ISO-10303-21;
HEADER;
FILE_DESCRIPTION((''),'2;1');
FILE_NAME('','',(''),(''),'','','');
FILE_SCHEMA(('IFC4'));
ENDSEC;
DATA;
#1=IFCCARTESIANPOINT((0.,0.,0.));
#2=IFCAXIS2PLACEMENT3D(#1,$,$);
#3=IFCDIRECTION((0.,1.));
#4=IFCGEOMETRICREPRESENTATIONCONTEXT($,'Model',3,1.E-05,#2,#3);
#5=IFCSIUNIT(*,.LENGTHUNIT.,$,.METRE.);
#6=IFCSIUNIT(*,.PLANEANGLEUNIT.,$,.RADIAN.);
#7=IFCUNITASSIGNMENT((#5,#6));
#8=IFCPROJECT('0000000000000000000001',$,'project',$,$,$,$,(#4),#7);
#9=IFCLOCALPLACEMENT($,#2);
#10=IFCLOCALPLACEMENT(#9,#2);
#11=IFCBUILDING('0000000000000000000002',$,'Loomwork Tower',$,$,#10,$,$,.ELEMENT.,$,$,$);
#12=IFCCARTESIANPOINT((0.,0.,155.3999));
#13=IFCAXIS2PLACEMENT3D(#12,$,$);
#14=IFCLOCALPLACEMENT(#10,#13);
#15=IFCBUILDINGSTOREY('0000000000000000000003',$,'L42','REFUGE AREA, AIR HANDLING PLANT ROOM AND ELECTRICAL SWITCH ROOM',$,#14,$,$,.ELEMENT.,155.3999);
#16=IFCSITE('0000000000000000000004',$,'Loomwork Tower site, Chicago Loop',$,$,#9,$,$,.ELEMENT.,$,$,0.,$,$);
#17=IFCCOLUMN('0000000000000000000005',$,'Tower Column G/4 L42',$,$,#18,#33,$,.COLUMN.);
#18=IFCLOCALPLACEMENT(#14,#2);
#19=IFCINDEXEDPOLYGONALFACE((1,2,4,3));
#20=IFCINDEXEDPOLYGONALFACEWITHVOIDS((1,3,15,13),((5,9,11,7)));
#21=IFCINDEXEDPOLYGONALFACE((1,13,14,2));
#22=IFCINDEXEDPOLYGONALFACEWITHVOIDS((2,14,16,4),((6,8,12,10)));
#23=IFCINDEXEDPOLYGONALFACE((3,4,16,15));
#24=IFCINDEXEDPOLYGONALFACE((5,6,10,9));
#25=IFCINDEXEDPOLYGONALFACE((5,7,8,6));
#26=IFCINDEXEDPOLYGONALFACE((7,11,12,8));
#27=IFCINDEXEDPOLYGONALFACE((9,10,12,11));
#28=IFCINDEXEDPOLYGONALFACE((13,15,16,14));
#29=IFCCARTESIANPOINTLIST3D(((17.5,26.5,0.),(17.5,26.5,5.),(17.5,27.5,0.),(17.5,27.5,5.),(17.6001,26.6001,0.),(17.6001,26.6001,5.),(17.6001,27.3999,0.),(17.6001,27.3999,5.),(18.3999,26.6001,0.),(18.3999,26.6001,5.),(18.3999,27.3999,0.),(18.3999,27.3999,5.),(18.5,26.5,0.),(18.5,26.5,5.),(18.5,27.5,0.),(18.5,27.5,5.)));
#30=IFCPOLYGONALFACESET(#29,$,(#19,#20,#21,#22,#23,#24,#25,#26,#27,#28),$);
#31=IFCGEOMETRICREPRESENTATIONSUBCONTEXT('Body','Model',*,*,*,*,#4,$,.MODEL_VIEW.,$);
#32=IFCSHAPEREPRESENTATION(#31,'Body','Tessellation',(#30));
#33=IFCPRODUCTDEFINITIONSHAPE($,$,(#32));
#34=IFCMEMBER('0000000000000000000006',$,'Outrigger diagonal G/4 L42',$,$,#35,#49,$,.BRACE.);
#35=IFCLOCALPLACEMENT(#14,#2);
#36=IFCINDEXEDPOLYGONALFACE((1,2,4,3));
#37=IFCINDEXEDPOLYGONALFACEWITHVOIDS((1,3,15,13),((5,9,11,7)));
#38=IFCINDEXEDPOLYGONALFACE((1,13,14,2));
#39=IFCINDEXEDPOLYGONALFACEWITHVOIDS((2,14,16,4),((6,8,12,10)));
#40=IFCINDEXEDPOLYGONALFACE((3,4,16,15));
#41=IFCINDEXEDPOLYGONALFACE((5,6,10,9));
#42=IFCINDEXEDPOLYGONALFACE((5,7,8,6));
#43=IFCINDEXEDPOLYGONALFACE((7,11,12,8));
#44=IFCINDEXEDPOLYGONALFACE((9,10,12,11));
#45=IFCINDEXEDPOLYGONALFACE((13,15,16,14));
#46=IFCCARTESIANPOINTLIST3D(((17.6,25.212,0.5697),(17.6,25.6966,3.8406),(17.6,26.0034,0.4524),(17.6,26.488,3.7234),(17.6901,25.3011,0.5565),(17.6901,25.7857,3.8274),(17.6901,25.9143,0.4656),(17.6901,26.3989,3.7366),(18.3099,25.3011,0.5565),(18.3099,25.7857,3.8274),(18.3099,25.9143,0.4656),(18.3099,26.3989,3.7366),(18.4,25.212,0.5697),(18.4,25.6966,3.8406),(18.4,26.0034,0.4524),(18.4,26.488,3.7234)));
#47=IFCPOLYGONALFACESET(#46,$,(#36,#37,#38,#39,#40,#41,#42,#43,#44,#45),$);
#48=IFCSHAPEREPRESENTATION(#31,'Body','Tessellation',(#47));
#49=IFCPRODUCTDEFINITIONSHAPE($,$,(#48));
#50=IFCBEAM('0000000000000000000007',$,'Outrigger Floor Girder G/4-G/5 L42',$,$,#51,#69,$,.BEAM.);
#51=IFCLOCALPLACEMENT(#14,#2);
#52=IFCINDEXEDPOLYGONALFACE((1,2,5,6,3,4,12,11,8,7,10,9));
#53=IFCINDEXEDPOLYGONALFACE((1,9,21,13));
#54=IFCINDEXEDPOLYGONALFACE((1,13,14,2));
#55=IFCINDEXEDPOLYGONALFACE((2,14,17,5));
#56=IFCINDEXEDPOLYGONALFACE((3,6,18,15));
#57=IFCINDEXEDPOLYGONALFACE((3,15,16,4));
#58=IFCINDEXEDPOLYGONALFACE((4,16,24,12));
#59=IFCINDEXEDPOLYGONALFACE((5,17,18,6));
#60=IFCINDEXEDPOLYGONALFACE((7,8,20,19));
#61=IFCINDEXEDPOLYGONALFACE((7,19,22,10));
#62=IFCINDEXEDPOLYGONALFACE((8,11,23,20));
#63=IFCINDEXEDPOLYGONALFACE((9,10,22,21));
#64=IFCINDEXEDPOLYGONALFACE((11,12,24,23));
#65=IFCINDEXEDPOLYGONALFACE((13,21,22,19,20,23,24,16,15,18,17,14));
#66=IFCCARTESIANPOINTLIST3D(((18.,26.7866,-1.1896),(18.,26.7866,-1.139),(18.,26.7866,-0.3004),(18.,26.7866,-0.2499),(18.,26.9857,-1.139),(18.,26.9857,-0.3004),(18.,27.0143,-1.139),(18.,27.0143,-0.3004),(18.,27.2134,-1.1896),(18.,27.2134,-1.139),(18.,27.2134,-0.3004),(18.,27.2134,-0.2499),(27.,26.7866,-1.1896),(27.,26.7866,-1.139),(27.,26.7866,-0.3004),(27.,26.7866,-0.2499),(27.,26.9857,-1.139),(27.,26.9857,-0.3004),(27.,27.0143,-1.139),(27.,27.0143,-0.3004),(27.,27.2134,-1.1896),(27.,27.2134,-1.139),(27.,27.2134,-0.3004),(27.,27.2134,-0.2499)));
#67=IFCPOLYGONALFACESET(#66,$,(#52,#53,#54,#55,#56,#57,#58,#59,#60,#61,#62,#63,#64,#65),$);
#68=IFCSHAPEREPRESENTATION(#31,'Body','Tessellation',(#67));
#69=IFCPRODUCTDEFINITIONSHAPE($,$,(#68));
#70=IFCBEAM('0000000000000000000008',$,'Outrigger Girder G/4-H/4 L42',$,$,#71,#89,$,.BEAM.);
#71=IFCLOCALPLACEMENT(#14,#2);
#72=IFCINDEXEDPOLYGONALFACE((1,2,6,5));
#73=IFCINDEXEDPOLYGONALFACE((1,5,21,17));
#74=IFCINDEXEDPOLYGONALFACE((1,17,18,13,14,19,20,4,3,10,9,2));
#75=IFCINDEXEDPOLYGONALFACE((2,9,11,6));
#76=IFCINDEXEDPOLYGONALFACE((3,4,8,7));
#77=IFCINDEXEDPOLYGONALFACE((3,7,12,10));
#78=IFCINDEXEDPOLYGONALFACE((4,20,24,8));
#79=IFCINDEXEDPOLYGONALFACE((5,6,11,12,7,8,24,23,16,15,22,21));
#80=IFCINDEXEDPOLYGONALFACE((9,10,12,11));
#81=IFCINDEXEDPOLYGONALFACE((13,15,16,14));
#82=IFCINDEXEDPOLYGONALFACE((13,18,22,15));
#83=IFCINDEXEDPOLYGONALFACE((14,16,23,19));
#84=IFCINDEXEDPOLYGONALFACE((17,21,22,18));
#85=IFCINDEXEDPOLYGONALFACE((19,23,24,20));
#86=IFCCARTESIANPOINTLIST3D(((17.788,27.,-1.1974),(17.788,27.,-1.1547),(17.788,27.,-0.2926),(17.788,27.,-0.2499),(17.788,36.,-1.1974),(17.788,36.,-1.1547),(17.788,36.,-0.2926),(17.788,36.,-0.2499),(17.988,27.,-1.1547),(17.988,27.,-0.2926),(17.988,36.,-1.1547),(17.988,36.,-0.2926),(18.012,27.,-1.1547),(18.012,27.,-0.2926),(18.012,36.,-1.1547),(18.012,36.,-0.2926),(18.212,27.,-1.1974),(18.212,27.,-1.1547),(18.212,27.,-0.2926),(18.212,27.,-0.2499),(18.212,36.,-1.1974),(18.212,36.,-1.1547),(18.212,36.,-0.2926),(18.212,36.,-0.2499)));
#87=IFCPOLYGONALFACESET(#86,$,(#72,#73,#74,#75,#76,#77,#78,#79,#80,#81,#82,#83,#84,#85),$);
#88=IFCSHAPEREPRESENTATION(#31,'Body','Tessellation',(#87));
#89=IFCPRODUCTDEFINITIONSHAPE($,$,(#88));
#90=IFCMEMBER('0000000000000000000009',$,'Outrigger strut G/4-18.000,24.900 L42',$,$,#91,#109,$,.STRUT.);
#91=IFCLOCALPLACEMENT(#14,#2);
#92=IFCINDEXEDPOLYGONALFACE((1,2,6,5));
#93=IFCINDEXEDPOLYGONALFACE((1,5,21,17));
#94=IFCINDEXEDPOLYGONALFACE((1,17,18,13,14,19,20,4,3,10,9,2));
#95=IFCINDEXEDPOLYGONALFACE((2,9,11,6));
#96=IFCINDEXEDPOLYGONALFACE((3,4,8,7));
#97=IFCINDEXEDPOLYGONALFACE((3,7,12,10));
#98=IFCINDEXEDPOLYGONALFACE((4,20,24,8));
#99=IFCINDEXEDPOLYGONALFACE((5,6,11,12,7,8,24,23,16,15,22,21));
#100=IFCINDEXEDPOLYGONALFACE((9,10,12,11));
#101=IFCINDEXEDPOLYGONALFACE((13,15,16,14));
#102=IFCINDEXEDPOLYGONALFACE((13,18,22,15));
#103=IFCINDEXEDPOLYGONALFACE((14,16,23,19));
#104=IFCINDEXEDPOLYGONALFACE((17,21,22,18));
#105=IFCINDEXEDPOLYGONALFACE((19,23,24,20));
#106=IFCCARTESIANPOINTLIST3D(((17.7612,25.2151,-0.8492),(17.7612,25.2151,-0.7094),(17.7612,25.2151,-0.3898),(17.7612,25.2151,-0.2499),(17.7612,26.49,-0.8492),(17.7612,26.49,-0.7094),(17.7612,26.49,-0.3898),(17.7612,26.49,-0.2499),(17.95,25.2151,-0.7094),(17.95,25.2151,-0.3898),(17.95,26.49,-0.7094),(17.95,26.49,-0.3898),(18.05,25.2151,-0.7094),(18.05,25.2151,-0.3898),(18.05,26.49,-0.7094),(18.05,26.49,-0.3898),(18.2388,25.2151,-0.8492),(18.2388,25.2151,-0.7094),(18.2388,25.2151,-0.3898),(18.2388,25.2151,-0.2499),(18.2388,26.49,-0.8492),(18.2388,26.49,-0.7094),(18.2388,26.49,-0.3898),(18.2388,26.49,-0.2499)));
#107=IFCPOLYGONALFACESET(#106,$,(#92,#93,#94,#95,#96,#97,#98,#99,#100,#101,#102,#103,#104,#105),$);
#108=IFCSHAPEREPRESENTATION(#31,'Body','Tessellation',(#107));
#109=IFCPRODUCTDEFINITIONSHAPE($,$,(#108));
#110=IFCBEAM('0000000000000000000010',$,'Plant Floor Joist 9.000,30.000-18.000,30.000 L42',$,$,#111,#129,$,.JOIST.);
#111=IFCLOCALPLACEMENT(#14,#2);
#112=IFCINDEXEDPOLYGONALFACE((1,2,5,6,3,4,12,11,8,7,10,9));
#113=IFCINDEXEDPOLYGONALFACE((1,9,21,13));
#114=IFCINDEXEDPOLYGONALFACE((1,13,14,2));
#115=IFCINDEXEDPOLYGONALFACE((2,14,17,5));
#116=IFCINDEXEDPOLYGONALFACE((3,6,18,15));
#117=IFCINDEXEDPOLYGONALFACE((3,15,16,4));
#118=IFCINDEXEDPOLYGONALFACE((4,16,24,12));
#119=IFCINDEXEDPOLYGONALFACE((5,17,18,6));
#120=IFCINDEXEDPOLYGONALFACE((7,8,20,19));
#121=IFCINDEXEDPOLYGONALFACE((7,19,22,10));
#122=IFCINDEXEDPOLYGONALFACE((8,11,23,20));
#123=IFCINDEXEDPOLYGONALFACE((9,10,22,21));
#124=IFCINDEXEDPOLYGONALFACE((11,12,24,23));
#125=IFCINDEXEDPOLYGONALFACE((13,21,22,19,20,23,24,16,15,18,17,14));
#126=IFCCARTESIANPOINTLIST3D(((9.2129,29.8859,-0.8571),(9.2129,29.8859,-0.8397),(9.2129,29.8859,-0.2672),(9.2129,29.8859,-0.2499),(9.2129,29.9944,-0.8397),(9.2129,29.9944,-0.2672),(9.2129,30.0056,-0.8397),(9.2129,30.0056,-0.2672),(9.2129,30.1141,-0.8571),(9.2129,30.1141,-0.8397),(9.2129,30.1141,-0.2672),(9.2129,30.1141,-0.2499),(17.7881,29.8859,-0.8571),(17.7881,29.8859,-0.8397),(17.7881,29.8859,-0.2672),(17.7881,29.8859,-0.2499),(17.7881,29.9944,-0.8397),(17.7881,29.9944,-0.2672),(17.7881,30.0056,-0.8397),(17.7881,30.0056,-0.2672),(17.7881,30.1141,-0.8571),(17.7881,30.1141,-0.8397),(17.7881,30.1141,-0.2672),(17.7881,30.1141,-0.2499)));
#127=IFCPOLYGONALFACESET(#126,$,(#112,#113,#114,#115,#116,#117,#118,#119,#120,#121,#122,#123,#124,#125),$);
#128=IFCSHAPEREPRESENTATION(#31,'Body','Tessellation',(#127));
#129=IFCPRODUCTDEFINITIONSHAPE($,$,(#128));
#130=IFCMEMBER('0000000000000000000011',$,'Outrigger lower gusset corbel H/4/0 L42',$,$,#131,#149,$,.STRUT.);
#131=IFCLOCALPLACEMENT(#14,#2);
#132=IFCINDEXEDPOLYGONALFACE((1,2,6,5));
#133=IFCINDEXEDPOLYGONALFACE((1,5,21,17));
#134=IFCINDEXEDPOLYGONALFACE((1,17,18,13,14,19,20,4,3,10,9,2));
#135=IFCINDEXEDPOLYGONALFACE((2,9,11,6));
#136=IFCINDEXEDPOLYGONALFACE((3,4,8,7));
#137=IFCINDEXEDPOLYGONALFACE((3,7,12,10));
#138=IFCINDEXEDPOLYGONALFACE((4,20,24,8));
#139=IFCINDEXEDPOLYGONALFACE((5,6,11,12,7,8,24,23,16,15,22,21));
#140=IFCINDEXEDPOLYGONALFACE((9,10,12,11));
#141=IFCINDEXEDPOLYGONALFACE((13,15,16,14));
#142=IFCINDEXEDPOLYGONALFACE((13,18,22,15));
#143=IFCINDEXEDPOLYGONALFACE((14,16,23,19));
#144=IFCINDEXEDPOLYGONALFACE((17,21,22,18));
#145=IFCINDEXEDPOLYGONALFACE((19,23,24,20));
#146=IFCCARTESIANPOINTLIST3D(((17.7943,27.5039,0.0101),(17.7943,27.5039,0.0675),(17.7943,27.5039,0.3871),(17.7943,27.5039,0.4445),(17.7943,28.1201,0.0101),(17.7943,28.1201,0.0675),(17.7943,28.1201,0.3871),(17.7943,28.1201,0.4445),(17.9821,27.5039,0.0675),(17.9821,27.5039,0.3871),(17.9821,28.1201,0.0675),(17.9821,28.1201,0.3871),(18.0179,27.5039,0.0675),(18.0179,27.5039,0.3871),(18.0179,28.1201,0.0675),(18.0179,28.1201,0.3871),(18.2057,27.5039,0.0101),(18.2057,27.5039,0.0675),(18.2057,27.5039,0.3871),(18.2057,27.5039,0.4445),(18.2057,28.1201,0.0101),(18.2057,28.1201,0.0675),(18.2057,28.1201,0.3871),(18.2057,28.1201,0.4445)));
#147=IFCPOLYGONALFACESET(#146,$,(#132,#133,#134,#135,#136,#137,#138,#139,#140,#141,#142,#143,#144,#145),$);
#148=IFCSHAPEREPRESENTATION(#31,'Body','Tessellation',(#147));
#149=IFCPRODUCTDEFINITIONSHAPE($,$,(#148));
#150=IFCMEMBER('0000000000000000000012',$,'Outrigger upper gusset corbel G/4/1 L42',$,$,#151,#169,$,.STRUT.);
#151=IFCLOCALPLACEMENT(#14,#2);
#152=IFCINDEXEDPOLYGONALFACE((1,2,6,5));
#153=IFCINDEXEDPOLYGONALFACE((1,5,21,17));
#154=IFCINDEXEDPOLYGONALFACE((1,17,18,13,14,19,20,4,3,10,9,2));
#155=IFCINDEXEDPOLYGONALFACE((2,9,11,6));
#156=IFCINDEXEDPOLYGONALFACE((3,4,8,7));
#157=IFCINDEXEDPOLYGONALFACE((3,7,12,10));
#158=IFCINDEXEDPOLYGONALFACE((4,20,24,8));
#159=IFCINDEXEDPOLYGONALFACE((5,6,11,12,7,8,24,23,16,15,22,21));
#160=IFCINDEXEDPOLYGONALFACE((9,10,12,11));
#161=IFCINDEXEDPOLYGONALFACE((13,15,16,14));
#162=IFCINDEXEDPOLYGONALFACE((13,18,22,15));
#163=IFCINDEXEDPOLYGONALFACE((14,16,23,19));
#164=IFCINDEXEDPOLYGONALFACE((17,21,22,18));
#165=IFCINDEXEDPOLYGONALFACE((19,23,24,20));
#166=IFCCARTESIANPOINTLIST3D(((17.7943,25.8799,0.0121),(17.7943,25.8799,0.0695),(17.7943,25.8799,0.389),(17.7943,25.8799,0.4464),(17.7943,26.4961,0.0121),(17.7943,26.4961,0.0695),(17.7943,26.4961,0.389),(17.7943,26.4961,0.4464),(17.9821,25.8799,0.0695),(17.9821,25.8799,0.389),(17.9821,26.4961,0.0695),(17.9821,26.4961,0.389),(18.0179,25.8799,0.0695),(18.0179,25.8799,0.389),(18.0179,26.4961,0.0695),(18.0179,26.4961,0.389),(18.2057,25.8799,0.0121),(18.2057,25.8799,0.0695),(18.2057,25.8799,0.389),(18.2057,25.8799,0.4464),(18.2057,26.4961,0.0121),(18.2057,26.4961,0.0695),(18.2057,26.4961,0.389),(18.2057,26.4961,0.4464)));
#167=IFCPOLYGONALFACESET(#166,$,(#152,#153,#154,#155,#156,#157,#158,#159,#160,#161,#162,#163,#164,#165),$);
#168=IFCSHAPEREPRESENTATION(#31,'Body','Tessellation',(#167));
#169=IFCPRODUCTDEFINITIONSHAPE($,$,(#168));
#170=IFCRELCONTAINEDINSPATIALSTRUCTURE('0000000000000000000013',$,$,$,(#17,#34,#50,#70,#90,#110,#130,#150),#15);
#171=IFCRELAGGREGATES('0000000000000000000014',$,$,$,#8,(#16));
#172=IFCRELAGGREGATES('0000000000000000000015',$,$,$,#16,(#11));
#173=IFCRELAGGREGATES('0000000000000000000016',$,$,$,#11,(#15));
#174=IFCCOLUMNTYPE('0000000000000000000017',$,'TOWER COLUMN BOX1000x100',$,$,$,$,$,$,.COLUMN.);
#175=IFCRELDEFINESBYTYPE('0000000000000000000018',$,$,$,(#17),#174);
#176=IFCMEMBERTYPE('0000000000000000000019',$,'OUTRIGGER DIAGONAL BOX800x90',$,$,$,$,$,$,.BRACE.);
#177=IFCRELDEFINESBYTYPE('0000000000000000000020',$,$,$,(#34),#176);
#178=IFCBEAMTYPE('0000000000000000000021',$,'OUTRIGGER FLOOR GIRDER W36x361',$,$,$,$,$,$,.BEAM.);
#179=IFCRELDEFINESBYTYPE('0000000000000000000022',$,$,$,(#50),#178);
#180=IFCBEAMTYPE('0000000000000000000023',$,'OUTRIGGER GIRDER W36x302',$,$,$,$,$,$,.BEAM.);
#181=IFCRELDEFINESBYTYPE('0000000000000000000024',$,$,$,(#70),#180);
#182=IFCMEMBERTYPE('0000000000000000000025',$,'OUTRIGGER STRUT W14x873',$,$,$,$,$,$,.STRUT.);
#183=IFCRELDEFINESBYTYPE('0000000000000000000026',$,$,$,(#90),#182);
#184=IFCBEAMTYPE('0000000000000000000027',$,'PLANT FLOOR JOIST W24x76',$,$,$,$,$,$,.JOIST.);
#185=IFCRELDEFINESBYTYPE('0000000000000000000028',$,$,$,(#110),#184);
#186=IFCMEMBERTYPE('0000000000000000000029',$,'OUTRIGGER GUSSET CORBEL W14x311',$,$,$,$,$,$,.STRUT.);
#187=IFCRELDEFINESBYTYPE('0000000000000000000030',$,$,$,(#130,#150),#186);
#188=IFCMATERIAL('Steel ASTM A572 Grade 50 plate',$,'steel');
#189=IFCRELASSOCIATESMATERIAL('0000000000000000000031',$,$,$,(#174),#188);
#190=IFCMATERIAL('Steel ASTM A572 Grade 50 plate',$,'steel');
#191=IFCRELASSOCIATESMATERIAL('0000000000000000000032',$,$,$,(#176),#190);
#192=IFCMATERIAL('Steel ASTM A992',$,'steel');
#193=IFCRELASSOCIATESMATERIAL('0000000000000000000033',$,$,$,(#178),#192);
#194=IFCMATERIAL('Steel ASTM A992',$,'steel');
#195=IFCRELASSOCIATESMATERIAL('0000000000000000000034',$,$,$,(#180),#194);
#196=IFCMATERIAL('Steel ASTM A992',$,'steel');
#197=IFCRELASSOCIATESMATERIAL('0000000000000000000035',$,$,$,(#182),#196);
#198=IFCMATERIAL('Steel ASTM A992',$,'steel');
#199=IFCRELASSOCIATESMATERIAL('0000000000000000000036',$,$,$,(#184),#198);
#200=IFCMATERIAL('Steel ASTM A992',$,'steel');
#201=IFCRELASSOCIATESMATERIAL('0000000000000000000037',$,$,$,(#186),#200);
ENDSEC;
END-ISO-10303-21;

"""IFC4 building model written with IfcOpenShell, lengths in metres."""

from ifc_helpers import new_model, si_unit, direction, frame, origin, origin_2d, place, context, subcontext, project, spatial, hollow_rectangle, i_section, extrude, material, material_profile, profile_set, type_object, element, save


model = new_model("IFC4")

# Units and contexts
model_context = context("Model", 3, precision=1e-05, world=origin(), true_north=direction((0.0, 1.0)))
body_context = subcontext(model_context, "Body", "Model", "MODEL_VIEW")
ifc_project = project(units=[si_unit("LENGTHUNIT", "METRE"), si_unit("PLANEANGLEUNIT", "RADIAN")], contexts=[model_context])

# Site, building, storey
site_placement = place(None, origin())
site = spatial("IfcSite", under=ifc_project, at=site_placement, Name="Loomwork Tower site, Chicago Loop", CompositionType="ELEMENT", RefElevation=0.0)
building_placement = place(site_placement, origin())
building = spatial("IfcBuilding", under=site, at=building_placement, Name="Loomwork Tower", CompositionType="ELEMENT")
storey_placement = place(building_placement, frame((0.0, 0.0, 155.3999)))
storey = spatial("IfcBuildingStorey", under=building, at=storey_placement, Name="L42", Description="REFUGE AREA, AIR HANDLING PLANT ROOM AND ELECTRICAL SWITCH ROOM", CompositionType="ELEMENT", Elevation=155.3999)

# Column
ifc_material_1 = material(Name="Steel ASTM A572 Grade 50 plate", Category="steel")
ifc_material_profile_1 = material_profile(ifc_material_1, hollow_rectangle(XDim=1.0, YDim=1.0, WallThickness=0.1001, at=origin_2d()), Name="BOX1000x100")
ifc_profile_set_1 = profile_set([ifc_material_profile_1], Name="Steel ASTM A572 Grade 50 plate")
column_type = type_object("IfcColumnType", Name="TOWER COLUMN BOX1000x100", PredefinedType="COLUMN", material=ifc_profile_set_1)
column_placement = place(storey_placement, frame((18.0, 27.0, 0.0), z_axis=(0.0, 0.0, 1.0), x_axis=(1.0, 0.0, 0.0)))
element("IfcColumn", 1, at=column_placement, inside=storey, type_object=column_type, Name="Tower Column G/4 L42", PredefinedType="COLUMN", context=body_context, shape_type="SweptSolid", body=[
    extrude(hollow_rectangle(XDim=1.0, YDim=1.0, WallThickness=0.1001, at=origin_2d()), origin(), (0.0, 0.0, 1.0), 5.0),
])

# Member
ifc_material_2 = material(Name="Steel ASTM A572 Grade 50 plate", Category="steel")
ifc_material_profile_2 = material_profile(ifc_material_2, hollow_rectangle(XDim=0.8, YDim=0.8, WallThickness=0.0901, at=origin_2d()), Name="BOX800x90")
ifc_profile_set_2 = profile_set([ifc_material_profile_2], Name="Steel ASTM A572 Grade 50 plate")
member_type_1 = type_object("IfcMemberType", Name="OUTRIGGER DIAGONAL BOX800x90", PredefinedType="BRACE", material=ifc_profile_set_2)
member_1_placement = place(storey_placement, frame((18.0, 26.0923, 3.782), z_axis=(0.0, -0.146557, -0.989202), x_axis=(1.0, 0.0, 0.0)))
element("IfcMember", 2, at=member_1_placement, inside=storey, type_object=member_type_1, Name="Outrigger diagonal G/4 L42", PredefinedType="BRACE", context=body_context, shape_type="SweptSolid", body=[
    extrude(hollow_rectangle(XDim=0.8, YDim=0.8, WallThickness=0.0901, at=origin_2d()), origin(), (0.0, 0.0, 1.0), 3.3066),
])

# Beams
ifc_material_3 = material(Name="Steel ASTM A992", Category="steel")
ifc_material_profile_3 = material_profile(ifc_material_3, i_section(OverallWidth=0.4268, OverallDepth=0.9397, WebThickness=0.0286, FlangeThickness=0.0505, at=origin_2d()), Name="W36x361")
ifc_profile_set_3 = profile_set([ifc_material_profile_3], Name="Steel ASTM A992")
beam_type_1 = type_object("IfcBeamType", Name="OUTRIGGER FLOOR GIRDER W36x361", PredefinedType="BEAM", material=ifc_profile_set_3)
beam_1_placement = place(storey_placement, frame((18.0, 27.0, -0.7197), z_axis=(1.0, 0.0, 0.0), x_axis=(0.0, 1.0, 0.0)))
element("IfcBeam", 3, at=beam_1_placement, inside=storey, type_object=beam_type_1, Name="Outrigger Floor Girder G/4-G/5 L42", PredefinedType="BEAM", context=body_context, shape_type="SweptSolid", body=[
    extrude(i_section(OverallWidth=0.4268, OverallDepth=0.9397, WebThickness=0.0286, FlangeThickness=0.0505, at=origin_2d()), origin(), (0.0, 0.0, 1.0), 9.0),
])
ifc_material_4 = material(Name="Steel ASTM A992", Category="steel")
ifc_material_profile_4 = material_profile(ifc_material_4, i_section(OverallWidth=0.4241, OverallDepth=0.9475, WebThickness=0.0239, FlangeThickness=0.0427, at=origin_2d()), Name="W36x302")
ifc_profile_set_4 = profile_set([ifc_material_profile_4], Name="Steel ASTM A992")
beam_type_2 = type_object("IfcBeamType", Name="OUTRIGGER GIRDER W36x302", PredefinedType="BEAM", material=ifc_profile_set_4)
beam_2_placement = place(storey_placement, frame((18.0, 27.0, -0.7236), z_axis=(0.0, 1.0, 0.0), x_axis=(-1.0, 0.0, 0.0)))
element("IfcBeam", 4, at=beam_2_placement, inside=storey, type_object=beam_type_2, Name="Outrigger Girder G/4-H/4 L42", PredefinedType="BEAM", context=body_context, shape_type="SweptSolid", body=[
    extrude(i_section(OverallWidth=0.4241, OverallDepth=0.9475, WebThickness=0.0239, FlangeThickness=0.0427, at=origin_2d()), origin(), (0.0, 0.0, 1.0), 9.0),
])

# Member
ifc_material_5 = material(Name="Steel ASTM A992", Category="steel")
ifc_material_profile_5 = material_profile(ifc_material_5, i_section(OverallWidth=0.4775, OverallDepth=0.5994, WebThickness=0.1001, FlangeThickness=0.1399, at=origin_2d()), Name="W14x873")
ifc_profile_set_5 = profile_set([ifc_material_profile_5], Name="Steel ASTM A992")
member_type_2 = type_object("IfcMemberType", Name="OUTRIGGER STRUT W14x873", PredefinedType="STRUT", material=ifc_profile_set_5)
member_2_placement = place(storey_placement, frame((18.0, 26.49, -0.5496), z_axis=(0.0, -1.0, 0.0), x_axis=(1.0, 0.0, 0.0)))
element("IfcMember", 5, at=member_2_placement, inside=storey, type_object=member_type_2, Name="Outrigger strut G/4-18.000,24.900 L42", PredefinedType="STRUT", context=body_context, shape_type="SweptSolid", body=[
    extrude(i_section(OverallWidth=0.4775, OverallDepth=0.5994, WebThickness=0.1001, FlangeThickness=0.1399, at=origin_2d()), origin(), (0.0, 0.0, 1.0), 1.2749),
])

# Beam
ifc_material_6 = material(Name="Steel ASTM A992", Category="steel")
ifc_material_profile_6 = material_profile(ifc_material_6, i_section(OverallWidth=0.2283, OverallDepth=0.6072, WebThickness=0.0112, FlangeThickness=0.0173, at=origin_2d()), Name="W24x76")
ifc_profile_set_6 = profile_set([ifc_material_profile_6], Name="Steel ASTM A992")
beam_type_3 = type_object("IfcBeamType", Name="PLANT FLOOR JOIST W24x76", PredefinedType="JOIST", material=ifc_profile_set_6)
beam_3_placement = place(storey_placement, frame((9.2129, 30.0, -0.5535), z_axis=(1.0, 0.0, 0.0), x_axis=(0.0, 1.0, 0.0)))
element("IfcBeam", 6, at=beam_3_placement, inside=storey, type_object=beam_type_3, Name="Plant Floor Joist 9.000,30.000-18.000,30.000 L42", PredefinedType="JOIST", context=body_context, shape_type="SweptSolid", body=[
    extrude(i_section(OverallWidth=0.2283, OverallDepth=0.6072, WebThickness=0.0112, FlangeThickness=0.0173, at=origin_2d()), origin(), (0.0, 0.0, 1.0), 8.5752),
])

# Members
ifc_material_7 = material(Name="Steel ASTM A992", Category="steel")
ifc_material_profile_7 = material_profile(ifc_material_7, i_section(OverallWidth=0.4114, OverallDepth=0.4343, WebThickness=0.0359, FlangeThickness=0.0574, at=origin_2d()), Name="W14x311")
ifc_profile_set_7 = profile_set([ifc_material_profile_7], Name="Steel ASTM A992")
member_type_3 = type_object("IfcMemberType", Name="OUTRIGGER GUSSET CORBEL W14x311", PredefinedType="STRUT", material=ifc_profile_set_7)
for number, where, z_axis, x_axis, name in (
    (7, (18.0, 27.5039, 0.2273), (0.0, 1.0, 0.0), (-1.0, 0.0, 0.0), "Outrigger lower gusset corbel H/4/0 L42"),
    (8, (18.0, 26.4961, 0.2292), (0.0, -1.0, 0.0), (1.0, 0.0, 0.0), "Outrigger upper gusset corbel G/4/1 L42"),
):
    element("IfcMember", number, at=place(storey_placement, frame(where, z_axis=z_axis, x_axis=x_axis)), inside=storey, type_object=member_type_3, Name=name, PredefinedType="STRUT", context=body_context, shape_type="SweptSolid", body=[
        extrude(i_section(OverallWidth=0.4114, OverallDepth=0.4343, WebThickness=0.0359, FlangeThickness=0.0574, at=origin_2d()), origin(), (0.0, 0.0, 1.0), 0.6162),
    ])

save(model, "model.ifc")
